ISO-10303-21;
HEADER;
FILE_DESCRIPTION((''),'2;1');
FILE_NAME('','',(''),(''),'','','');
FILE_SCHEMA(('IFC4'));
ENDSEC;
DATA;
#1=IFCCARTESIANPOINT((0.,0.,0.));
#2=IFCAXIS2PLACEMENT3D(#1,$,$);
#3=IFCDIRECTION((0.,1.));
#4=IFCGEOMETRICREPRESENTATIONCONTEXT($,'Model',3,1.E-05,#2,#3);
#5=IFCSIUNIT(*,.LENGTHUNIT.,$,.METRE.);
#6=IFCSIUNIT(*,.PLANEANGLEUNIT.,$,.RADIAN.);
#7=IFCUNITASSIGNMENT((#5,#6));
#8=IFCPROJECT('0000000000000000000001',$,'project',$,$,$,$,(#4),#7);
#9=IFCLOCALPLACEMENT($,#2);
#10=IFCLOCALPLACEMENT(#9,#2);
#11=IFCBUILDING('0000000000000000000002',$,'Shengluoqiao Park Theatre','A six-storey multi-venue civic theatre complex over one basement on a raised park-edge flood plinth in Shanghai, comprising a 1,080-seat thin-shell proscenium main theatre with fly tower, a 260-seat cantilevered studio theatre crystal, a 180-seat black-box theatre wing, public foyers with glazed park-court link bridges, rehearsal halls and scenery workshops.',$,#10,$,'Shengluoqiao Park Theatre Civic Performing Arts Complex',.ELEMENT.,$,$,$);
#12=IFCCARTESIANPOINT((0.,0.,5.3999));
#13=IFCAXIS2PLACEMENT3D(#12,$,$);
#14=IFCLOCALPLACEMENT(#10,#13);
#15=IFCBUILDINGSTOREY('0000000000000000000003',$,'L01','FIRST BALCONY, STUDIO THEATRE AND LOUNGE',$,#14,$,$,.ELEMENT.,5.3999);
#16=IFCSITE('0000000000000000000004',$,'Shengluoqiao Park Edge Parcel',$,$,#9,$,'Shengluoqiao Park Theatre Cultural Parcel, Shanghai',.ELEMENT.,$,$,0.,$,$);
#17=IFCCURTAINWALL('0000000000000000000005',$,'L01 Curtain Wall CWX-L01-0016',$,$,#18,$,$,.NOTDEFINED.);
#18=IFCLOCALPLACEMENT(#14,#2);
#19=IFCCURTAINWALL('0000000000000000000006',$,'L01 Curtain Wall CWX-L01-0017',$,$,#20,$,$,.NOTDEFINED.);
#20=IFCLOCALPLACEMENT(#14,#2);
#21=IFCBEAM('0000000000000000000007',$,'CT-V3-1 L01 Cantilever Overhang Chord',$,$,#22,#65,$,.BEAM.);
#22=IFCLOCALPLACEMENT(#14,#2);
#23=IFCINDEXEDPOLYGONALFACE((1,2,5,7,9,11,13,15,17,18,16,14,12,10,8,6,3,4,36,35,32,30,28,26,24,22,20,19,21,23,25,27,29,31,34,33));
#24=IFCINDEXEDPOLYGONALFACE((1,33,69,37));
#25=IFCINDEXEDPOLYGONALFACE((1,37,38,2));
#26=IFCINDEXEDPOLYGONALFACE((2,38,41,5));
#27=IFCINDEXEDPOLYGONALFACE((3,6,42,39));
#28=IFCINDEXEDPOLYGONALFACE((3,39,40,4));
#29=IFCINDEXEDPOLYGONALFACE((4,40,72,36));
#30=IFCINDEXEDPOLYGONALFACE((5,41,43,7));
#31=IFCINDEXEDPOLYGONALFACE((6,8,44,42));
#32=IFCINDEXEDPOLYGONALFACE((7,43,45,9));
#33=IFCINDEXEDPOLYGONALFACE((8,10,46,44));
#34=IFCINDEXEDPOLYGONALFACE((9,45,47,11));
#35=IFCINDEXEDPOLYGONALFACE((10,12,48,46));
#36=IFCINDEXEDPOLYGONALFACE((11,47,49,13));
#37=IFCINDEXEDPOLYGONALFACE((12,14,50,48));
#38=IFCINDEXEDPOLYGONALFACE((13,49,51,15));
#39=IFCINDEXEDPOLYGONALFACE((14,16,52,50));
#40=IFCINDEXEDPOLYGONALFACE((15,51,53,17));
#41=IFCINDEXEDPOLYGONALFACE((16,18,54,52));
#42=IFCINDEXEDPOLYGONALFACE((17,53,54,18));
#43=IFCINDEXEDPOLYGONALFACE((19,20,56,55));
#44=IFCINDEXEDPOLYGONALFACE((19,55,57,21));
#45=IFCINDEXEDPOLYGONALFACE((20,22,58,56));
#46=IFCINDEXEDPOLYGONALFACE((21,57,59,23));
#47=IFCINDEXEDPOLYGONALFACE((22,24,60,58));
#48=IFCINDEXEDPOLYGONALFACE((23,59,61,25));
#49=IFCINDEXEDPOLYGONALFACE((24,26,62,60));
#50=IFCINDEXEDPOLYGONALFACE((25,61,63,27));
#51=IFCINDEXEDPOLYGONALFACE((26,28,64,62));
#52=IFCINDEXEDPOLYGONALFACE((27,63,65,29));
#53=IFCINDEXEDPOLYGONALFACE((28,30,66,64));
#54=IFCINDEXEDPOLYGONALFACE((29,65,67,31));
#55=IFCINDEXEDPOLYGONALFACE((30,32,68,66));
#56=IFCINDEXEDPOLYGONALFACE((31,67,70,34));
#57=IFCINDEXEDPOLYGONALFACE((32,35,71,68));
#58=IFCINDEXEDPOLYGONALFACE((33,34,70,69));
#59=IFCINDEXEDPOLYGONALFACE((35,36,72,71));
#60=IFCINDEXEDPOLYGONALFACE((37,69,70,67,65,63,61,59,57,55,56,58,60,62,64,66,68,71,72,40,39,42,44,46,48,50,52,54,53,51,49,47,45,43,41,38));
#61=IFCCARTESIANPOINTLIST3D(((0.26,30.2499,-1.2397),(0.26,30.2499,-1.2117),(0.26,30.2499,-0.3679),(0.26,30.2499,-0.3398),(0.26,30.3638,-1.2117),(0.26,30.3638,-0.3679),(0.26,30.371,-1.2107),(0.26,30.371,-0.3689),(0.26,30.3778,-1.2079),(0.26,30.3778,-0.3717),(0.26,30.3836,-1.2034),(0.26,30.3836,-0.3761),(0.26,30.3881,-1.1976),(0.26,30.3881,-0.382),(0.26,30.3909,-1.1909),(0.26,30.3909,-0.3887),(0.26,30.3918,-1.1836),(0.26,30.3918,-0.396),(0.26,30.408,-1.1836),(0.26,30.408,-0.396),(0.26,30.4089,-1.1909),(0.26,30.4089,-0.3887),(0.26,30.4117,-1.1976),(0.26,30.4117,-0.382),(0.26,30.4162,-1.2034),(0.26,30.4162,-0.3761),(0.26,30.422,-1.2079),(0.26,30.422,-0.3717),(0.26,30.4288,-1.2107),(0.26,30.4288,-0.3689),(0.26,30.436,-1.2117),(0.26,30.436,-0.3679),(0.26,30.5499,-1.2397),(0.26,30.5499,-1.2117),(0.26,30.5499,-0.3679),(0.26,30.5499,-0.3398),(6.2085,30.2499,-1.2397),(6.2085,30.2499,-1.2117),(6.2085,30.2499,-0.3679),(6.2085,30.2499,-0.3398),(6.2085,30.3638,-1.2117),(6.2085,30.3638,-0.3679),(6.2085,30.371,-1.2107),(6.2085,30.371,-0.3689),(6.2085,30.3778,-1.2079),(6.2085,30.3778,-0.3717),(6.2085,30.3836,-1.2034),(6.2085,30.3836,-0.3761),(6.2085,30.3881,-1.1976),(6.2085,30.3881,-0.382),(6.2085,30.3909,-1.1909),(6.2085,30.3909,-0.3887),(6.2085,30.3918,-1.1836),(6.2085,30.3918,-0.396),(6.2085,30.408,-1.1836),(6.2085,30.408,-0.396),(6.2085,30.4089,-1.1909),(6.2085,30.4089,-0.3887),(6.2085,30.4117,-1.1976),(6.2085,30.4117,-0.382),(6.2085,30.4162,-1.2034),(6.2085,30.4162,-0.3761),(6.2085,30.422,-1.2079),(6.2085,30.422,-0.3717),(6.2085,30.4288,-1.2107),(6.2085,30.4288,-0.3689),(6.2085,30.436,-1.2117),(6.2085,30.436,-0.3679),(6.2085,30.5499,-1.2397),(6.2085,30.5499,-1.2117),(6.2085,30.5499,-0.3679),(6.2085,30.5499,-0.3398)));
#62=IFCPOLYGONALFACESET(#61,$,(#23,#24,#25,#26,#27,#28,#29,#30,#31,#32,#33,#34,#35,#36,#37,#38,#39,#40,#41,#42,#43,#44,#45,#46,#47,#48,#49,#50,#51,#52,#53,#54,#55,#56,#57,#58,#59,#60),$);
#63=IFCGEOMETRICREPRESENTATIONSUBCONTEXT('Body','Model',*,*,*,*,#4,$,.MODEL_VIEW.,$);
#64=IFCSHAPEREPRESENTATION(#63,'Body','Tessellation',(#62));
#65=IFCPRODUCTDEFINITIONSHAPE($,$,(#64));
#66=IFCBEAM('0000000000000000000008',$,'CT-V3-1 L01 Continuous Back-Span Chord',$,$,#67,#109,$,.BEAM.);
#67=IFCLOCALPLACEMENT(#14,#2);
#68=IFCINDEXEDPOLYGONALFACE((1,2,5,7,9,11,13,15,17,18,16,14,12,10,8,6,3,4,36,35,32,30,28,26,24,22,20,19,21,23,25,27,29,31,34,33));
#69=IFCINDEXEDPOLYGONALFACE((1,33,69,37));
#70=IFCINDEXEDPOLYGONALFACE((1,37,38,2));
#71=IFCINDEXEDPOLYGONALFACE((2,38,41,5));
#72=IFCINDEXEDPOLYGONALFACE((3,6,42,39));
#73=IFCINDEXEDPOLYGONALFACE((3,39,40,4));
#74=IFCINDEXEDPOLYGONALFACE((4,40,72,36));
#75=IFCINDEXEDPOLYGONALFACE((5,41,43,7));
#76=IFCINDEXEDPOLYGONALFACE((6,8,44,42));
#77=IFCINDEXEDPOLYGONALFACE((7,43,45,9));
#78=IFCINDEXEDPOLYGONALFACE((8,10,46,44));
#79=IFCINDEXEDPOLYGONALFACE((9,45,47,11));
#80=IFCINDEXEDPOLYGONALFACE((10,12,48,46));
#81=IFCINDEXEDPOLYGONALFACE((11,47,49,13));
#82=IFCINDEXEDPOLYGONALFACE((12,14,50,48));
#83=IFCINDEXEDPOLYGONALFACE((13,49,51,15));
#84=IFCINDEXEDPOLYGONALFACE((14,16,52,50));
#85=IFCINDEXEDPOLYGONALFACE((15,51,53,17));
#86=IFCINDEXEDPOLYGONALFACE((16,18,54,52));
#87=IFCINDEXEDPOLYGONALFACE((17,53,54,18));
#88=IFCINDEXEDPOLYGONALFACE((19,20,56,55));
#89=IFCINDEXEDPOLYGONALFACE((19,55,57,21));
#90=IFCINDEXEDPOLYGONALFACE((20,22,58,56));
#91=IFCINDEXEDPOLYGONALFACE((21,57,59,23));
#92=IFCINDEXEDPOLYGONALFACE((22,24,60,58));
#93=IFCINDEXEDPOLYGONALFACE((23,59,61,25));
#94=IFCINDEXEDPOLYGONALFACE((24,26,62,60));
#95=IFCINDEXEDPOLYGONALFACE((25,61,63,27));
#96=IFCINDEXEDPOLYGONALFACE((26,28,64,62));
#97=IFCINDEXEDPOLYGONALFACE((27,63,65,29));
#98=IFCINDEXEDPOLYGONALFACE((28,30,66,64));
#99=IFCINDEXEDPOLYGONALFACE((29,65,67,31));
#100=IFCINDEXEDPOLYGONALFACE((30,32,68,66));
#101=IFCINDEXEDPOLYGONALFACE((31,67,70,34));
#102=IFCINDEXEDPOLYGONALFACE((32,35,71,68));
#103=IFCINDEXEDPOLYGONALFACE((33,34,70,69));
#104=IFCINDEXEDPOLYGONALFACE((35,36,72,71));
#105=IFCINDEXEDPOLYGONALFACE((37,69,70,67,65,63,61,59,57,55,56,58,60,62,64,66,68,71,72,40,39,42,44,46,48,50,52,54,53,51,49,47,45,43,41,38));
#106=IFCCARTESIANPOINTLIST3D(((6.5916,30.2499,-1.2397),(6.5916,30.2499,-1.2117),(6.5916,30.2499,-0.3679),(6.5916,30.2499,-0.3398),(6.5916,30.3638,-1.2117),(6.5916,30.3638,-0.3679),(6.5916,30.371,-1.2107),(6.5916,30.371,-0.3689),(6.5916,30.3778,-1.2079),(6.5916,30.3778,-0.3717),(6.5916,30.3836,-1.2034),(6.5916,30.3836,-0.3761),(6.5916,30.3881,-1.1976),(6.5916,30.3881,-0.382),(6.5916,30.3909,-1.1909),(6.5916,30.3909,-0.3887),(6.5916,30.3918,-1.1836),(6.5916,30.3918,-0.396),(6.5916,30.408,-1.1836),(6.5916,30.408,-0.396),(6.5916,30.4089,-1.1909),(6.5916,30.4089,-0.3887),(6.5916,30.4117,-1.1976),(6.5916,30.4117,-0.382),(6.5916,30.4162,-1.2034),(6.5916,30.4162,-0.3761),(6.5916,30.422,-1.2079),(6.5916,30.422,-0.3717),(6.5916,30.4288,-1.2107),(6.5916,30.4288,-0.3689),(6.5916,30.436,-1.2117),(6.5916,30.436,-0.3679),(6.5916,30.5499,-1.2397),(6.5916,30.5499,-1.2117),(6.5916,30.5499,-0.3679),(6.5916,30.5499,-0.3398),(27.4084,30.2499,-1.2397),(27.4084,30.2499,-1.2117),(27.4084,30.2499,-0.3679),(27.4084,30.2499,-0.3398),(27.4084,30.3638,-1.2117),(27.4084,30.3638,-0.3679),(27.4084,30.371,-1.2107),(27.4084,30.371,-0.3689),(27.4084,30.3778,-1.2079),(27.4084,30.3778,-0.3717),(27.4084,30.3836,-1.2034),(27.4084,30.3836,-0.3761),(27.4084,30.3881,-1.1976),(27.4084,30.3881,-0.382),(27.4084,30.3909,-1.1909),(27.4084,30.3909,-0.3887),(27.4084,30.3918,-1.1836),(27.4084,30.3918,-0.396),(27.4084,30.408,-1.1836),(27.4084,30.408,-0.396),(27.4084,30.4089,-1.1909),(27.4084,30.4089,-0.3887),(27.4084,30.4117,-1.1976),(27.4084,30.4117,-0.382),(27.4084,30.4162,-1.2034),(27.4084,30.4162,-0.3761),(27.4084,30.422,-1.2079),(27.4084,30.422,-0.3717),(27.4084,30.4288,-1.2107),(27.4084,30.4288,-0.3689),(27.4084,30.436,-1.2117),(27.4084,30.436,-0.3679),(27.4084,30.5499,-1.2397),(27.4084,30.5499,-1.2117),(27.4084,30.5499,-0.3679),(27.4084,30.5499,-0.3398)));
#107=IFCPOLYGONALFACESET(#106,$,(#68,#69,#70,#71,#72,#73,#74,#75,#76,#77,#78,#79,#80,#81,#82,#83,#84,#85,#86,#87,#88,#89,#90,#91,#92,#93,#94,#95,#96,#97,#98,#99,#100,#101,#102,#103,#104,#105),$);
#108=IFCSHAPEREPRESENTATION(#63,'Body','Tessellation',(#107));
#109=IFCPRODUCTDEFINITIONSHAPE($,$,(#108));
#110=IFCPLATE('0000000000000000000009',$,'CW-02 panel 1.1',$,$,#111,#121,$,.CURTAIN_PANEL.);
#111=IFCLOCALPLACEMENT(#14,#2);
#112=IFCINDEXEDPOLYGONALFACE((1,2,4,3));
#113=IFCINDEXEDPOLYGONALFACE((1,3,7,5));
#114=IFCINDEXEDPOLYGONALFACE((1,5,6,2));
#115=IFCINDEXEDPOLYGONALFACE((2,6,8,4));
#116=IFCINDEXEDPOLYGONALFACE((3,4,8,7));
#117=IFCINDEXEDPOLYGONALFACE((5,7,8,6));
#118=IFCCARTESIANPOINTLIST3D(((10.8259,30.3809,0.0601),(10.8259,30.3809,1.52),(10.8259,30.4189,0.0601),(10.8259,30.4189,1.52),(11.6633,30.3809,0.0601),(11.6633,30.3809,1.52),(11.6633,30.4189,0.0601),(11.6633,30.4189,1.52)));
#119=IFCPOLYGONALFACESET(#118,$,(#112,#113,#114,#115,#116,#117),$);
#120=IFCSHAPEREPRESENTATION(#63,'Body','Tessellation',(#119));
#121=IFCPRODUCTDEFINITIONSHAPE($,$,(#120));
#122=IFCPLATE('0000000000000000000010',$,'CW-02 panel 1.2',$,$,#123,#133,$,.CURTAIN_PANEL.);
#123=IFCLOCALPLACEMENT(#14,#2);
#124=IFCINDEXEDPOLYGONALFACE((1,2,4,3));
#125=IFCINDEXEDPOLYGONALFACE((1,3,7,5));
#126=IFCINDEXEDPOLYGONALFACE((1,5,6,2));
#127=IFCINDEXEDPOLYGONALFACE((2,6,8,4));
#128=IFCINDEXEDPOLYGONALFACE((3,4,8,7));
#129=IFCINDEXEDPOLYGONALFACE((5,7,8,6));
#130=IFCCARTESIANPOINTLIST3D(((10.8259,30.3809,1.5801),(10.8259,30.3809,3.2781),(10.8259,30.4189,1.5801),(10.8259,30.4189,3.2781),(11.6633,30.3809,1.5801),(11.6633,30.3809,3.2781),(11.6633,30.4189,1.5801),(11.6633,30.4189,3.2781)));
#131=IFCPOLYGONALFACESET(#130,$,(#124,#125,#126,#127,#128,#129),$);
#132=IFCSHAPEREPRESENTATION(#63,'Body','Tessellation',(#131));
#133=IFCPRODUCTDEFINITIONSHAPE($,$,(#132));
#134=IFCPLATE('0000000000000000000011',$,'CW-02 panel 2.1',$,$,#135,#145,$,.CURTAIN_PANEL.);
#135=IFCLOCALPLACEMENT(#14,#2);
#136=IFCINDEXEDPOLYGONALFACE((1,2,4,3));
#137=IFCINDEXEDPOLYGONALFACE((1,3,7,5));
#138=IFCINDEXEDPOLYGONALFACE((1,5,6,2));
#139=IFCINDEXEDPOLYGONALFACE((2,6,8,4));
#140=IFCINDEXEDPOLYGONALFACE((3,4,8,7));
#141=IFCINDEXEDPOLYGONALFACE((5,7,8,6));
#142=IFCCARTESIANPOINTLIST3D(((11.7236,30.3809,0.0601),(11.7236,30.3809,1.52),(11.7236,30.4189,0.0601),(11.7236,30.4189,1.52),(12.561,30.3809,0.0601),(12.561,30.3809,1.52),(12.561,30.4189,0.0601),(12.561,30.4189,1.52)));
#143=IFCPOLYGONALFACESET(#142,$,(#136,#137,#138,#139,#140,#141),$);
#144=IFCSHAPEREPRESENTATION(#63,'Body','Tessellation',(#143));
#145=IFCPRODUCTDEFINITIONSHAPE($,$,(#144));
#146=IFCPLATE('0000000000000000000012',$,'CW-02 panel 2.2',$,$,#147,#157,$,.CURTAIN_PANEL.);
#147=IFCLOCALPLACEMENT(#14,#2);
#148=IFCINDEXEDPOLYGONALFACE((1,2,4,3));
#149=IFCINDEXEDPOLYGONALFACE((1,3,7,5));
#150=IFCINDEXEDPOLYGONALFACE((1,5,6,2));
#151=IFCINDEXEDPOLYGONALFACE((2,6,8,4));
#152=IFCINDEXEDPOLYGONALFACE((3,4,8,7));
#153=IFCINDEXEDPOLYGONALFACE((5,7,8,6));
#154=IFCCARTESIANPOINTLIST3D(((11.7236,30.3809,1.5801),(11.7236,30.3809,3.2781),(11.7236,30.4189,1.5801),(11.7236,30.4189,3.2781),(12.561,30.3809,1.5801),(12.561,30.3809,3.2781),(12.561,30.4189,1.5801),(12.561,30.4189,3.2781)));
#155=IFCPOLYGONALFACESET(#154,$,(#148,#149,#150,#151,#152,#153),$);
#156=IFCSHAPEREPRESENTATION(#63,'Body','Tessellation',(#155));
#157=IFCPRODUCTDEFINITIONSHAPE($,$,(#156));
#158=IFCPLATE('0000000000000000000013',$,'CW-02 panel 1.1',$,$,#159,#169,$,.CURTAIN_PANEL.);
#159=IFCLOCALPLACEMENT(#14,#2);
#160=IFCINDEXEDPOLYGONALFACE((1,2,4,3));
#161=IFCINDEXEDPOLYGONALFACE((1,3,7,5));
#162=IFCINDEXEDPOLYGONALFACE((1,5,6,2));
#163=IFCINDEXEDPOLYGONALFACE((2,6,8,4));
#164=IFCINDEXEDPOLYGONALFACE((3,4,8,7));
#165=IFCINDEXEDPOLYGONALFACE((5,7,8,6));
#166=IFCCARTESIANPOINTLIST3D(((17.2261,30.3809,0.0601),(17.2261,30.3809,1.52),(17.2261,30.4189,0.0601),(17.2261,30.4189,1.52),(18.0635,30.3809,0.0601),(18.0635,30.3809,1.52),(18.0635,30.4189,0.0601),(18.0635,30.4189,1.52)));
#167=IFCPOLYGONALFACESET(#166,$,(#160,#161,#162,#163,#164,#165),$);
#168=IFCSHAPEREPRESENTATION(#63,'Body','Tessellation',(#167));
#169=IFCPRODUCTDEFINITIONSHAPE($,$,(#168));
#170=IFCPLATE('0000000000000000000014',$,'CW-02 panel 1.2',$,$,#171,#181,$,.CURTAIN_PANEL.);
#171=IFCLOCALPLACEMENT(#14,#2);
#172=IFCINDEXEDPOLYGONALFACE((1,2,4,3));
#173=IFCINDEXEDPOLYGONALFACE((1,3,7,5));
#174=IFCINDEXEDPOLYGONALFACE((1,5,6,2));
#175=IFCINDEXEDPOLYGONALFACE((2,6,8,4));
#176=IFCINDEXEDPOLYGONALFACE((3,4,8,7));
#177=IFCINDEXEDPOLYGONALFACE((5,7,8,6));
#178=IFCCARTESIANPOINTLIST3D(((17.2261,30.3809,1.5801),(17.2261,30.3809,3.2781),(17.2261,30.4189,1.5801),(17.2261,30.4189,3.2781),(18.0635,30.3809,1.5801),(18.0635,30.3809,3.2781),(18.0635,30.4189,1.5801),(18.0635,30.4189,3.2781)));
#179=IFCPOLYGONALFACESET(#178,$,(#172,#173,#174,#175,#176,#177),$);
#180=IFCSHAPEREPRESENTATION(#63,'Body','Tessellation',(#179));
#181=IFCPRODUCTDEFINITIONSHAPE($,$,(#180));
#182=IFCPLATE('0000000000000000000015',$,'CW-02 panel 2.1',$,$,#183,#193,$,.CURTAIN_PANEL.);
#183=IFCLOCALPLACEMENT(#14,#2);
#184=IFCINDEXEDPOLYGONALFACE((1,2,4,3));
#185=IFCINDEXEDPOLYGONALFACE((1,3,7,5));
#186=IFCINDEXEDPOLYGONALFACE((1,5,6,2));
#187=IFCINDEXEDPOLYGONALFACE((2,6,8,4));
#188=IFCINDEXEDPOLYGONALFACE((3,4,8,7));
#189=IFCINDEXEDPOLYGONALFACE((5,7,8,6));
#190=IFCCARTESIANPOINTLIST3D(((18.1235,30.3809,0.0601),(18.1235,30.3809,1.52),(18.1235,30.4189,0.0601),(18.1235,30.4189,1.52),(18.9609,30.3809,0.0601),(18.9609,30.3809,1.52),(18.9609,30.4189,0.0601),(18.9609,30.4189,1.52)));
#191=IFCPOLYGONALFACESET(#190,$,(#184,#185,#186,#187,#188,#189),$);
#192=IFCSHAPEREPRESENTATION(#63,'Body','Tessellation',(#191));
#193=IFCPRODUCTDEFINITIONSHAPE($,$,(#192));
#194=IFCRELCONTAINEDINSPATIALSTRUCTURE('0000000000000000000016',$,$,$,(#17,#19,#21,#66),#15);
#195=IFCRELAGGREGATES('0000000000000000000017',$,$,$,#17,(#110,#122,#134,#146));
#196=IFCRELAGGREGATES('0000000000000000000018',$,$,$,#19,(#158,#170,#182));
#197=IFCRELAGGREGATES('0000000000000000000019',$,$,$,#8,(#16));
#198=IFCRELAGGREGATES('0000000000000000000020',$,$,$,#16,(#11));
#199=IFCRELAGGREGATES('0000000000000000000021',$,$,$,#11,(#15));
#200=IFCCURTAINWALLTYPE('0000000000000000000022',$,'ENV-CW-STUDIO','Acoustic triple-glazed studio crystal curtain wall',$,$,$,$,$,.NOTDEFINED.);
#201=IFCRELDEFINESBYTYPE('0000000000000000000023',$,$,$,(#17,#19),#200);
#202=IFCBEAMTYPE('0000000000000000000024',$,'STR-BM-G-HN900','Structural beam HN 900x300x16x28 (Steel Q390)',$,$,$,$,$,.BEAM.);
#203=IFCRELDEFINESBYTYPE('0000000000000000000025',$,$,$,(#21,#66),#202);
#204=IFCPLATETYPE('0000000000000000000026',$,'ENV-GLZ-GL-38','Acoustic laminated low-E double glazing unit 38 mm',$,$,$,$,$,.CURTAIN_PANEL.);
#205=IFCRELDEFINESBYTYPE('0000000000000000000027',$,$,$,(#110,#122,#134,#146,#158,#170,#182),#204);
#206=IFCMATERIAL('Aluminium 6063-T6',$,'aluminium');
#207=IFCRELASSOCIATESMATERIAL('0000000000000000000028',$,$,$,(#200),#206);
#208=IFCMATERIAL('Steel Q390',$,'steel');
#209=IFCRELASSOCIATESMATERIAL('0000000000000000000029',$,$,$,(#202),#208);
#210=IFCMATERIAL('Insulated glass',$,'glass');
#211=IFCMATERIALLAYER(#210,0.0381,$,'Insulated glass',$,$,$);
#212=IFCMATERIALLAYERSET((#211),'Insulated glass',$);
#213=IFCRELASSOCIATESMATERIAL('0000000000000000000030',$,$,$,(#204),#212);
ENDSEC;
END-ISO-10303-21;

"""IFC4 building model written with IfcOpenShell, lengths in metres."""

from ifc_helpers import new_model, si_unit, direction, frame, origin, origin_2d, place, context, subcontext, project, spatial, rectangle, i_section, extrude, material, layer, layer_set, material_profile, profile_set, type_object, element, aggregate, save


model = new_model("IFC4")

# Units and contexts
model_context = context("Model", 3, precision=1e-05, world=origin(), true_north=direction((0.0, 1.0)))
body_context = subcontext(model_context, "Body", "Model", "MODEL_VIEW")
ifc_project = project(units=[si_unit("LENGTHUNIT", "METRE"), si_unit("PLANEANGLEUNIT", "RADIAN")], contexts=[model_context])

# Site, building, storey
site_placement = place(None, origin())
site = spatial("IfcSite", under=ifc_project, at=site_placement, Name="Shengluoqiao Park Edge Parcel", LongName="Shengluoqiao Park Theatre Cultural Parcel, Shanghai", CompositionType="ELEMENT", RefElevation=0.0)
building_placement = place(site_placement, origin())
building = spatial("IfcBuilding", under=site, at=building_placement, Name="Shengluoqiao Park Theatre", Description="A six-storey multi-venue civic theatre complex over one basement on a raised park-edge flood plinth in Shanghai, comprising a 1,080-seat thin-shell proscenium main theatre with fly tower, a 260-seat cantilevered studio theatre crystal, a 180-seat black-box theatre wing, public foyers with glazed park-court link bridges, rehearsal halls and scenery workshops.", LongName="Shengluoqiao Park Theatre Civic Performing Arts Complex", CompositionType="ELEMENT")
storey_placement = place(building_placement, frame((0.0, 0.0, 5.3999)))
storey = spatial("IfcBuildingStorey", under=building, at=storey_placement, Name="L01", Description="FIRST BALCONY, STUDIO THEATRE AND LOUNGE", CompositionType="ELEMENT", Elevation=5.3999)

# Curtain walls
ifc_material_1 = material(Name="Aluminium 6063-T6", Category="aluminium")
curtain_wall_type = type_object("IfcCurtainWallType", Name="ENV-CW-STUDIO", Description="Acoustic triple-glazed studio crystal curtain wall", PredefinedType="NOTDEFINED", material=ifc_material_1)
curtain_wall_1_placement = place(storey_placement, origin())
curtain_wall_1 = element("IfcCurtainWall", 1, at=curtain_wall_1_placement, inside=storey, type_object=curtain_wall_type, Name="L01 Curtain Wall CWX-L01-0016", PredefinedType="NOTDEFINED")
curtain_wall_2_placement = place(storey_placement, origin())
curtain_wall_2 = element("IfcCurtainWall", 2, at=curtain_wall_2_placement, inside=storey, type_object=curtain_wall_type, Name="L01 Curtain Wall CWX-L01-0017", PredefinedType="NOTDEFINED")

# Beams
ifc_material_2 = material(Name="Steel Q390", Category="steel")
ifc_material_profile_1 = material_profile(ifc_material_2, i_section(OverallWidth=0.3, OverallDepth=0.8999, WebThickness=0.0161, FlangeThickness=0.0281, FilletRadius=0.0281, at=origin_2d()), Name="HN 900x300x16x28")
ifc_profile_set_1 = profile_set([ifc_material_profile_1], Name="Steel Q390")
beam_type_1 = type_object("IfcBeamType", Name="STR-BM-G-HN900", Description="Structural beam HN 900x300x16x28 (Steel Q390)", PredefinedType="BEAM", material=ifc_profile_set_1)
beam_1_placement = place(storey_placement, frame((0.26, 30.3999, -0.7898), z_axis=(1.0, 0.0, 0.0), x_axis=(0.0, 1.0, 0.0)))
element("IfcBeam", 3, at=beam_1_placement, inside=storey, type_object=beam_type_1, Name="CT-V3-1 L01 Cantilever Overhang Chord", PredefinedType="BEAM", context=body_context, shape_type="SweptSolid", body=[
    extrude(i_section(OverallWidth=0.3, OverallDepth=0.8999, WebThickness=0.0161, FlangeThickness=0.0281, FilletRadius=0.0281, at=origin_2d()), origin(), (0.0, 0.0, 1.0), 5.9485),
])
beam_2_placement = place(storey_placement, frame((6.5916, 30.3999, -0.7898), z_axis=(1.0, 0.0, 0.0), x_axis=(0.0, 1.0, 0.0)))
element("IfcBeam", 4, at=beam_2_placement, inside=storey, type_object=beam_type_1, Name="CT-V3-1 L01 Continuous Back-Span Chord", PredefinedType="BEAM", context=body_context, shape_type="SweptSolid", body=[
    extrude(i_section(OverallWidth=0.3, OverallDepth=0.8999, WebThickness=0.0161, FlangeThickness=0.0281, FilletRadius=0.0281, at=origin_2d()), origin(), (0.0, 0.0, 1.0), 20.8169),
])

# Plates
ifc_material_3 = material(Name="Insulated glass", Category="glass")
ifc_layer_1 = layer(ifc_material_3, 0.0381, Name="Insulated glass")
ifc_layer_set_1 = layer_set([ifc_layer_1], Name="Insulated glass")
plate_type = type_object("IfcPlateType", Name="ENV-GLZ-GL-38", Description="Acoustic laminated low-E double glazing unit 38 mm", PredefinedType="CURTAIN_PANEL", material=ifc_layer_set_1)
plate_1_placement = place(storey_placement, frame((11.2446, 30.3999, 0.0601), z_axis=(0.0, 0.0, 1.0), x_axis=(1.0, 0.0, 0.0)))
plate_1 = element("IfcPlate", 5, at=plate_1_placement, type_object=plate_type, Name="CW-02 panel 1.1", PredefinedType="CURTAIN_PANEL", context=body_context, shape_type="SweptSolid", body=[
    extrude(rectangle(XDim=0.8374, YDim=0.0381, at=origin_2d()), origin(), (0.0, 0.0, 1.0), 1.46),
])
plate_2_placement = place(storey_placement, frame((11.2446, 30.3999, 1.5801), z_axis=(0.0, 0.0, 1.0), x_axis=(1.0, 0.0, 0.0)))
plate_2 = element("IfcPlate", 6, at=plate_2_placement, type_object=plate_type, Name="CW-02 panel 1.2", PredefinedType="CURTAIN_PANEL", context=body_context, shape_type="SweptSolid", body=[
    extrude(rectangle(XDim=0.8374, YDim=0.0381, at=origin_2d()), origin(), (0.0, 0.0, 1.0), 1.698),
])
plate_3_placement = place(storey_placement, frame((12.1423, 30.3999, 0.0601), z_axis=(0.0, 0.0, 1.0), x_axis=(1.0, 0.0, 0.0)))
plate_3 = element("IfcPlate", 7, at=plate_3_placement, type_object=plate_type, Name="CW-02 panel 2.1", PredefinedType="CURTAIN_PANEL", context=body_context, shape_type="SweptSolid", body=[
    extrude(rectangle(XDim=0.8374, YDim=0.0381, at=origin_2d()), origin(), (0.0, 0.0, 1.0), 1.46),
])
plate_4_placement = place(storey_placement, frame((12.1423, 30.3999, 1.5801), z_axis=(0.0, 0.0, 1.0), x_axis=(1.0, 0.0, 0.0)))
plate_4 = element("IfcPlate", 8, at=plate_4_placement, type_object=plate_type, Name="CW-02 panel 2.2", PredefinedType="CURTAIN_PANEL", context=body_context, shape_type="SweptSolid", body=[
    extrude(rectangle(XDim=0.8374, YDim=0.0381, at=origin_2d()), origin(), (0.0, 0.0, 1.0), 1.698),
])
aggregate(curtain_wall_1, [plate_1, plate_2, plate_3, plate_4])
plate_5_placement = place(storey_placement, frame((17.6448, 30.3999, 0.0601), z_axis=(0.0, 0.0, 1.0), x_axis=(1.0, 0.0, 0.0)))
plate_5 = element("IfcPlate", 9, at=plate_5_placement, type_object=plate_type, Name="CW-02 panel 1.1", PredefinedType="CURTAIN_PANEL", context=body_context, shape_type="SweptSolid", body=[
    extrude(rectangle(XDim=0.8374, YDim=0.0381, at=origin_2d()), origin(), (0.0, 0.0, 1.0), 1.46),
])
plate_6_placement = place(storey_placement, frame((17.6448, 30.3999, 1.5801), z_axis=(0.0, 0.0, 1.0), x_axis=(1.0, 0.0, 0.0)))
plate_6 = element("IfcPlate", 10, at=plate_6_placement, type_object=plate_type, Name="CW-02 panel 1.2", PredefinedType="CURTAIN_PANEL", context=body_context, shape_type="SweptSolid", body=[
    extrude(rectangle(XDim=0.8374, YDim=0.0381, at=origin_2d()), origin(), (0.0, 0.0, 1.0), 1.698),
])
plate_7_placement = place(storey_placement, frame((18.5422, 30.3999, 0.0601), z_axis=(0.0, 0.0, 1.0), x_axis=(1.0, 0.0, 0.0)))
plate_7 = element("IfcPlate", 11, at=plate_7_placement, type_object=plate_type, Name="CW-02 panel 2.1", PredefinedType="CURTAIN_PANEL", context=body_context, shape_type="SweptSolid", body=[
    extrude(rectangle(XDim=0.8374, YDim=0.0381, at=origin_2d()), origin(), (0.0, 0.0, 1.0), 1.46),
])
aggregate(curtain_wall_2, [plate_5, plate_6, plate_7])

save(model, "model.ifc")
